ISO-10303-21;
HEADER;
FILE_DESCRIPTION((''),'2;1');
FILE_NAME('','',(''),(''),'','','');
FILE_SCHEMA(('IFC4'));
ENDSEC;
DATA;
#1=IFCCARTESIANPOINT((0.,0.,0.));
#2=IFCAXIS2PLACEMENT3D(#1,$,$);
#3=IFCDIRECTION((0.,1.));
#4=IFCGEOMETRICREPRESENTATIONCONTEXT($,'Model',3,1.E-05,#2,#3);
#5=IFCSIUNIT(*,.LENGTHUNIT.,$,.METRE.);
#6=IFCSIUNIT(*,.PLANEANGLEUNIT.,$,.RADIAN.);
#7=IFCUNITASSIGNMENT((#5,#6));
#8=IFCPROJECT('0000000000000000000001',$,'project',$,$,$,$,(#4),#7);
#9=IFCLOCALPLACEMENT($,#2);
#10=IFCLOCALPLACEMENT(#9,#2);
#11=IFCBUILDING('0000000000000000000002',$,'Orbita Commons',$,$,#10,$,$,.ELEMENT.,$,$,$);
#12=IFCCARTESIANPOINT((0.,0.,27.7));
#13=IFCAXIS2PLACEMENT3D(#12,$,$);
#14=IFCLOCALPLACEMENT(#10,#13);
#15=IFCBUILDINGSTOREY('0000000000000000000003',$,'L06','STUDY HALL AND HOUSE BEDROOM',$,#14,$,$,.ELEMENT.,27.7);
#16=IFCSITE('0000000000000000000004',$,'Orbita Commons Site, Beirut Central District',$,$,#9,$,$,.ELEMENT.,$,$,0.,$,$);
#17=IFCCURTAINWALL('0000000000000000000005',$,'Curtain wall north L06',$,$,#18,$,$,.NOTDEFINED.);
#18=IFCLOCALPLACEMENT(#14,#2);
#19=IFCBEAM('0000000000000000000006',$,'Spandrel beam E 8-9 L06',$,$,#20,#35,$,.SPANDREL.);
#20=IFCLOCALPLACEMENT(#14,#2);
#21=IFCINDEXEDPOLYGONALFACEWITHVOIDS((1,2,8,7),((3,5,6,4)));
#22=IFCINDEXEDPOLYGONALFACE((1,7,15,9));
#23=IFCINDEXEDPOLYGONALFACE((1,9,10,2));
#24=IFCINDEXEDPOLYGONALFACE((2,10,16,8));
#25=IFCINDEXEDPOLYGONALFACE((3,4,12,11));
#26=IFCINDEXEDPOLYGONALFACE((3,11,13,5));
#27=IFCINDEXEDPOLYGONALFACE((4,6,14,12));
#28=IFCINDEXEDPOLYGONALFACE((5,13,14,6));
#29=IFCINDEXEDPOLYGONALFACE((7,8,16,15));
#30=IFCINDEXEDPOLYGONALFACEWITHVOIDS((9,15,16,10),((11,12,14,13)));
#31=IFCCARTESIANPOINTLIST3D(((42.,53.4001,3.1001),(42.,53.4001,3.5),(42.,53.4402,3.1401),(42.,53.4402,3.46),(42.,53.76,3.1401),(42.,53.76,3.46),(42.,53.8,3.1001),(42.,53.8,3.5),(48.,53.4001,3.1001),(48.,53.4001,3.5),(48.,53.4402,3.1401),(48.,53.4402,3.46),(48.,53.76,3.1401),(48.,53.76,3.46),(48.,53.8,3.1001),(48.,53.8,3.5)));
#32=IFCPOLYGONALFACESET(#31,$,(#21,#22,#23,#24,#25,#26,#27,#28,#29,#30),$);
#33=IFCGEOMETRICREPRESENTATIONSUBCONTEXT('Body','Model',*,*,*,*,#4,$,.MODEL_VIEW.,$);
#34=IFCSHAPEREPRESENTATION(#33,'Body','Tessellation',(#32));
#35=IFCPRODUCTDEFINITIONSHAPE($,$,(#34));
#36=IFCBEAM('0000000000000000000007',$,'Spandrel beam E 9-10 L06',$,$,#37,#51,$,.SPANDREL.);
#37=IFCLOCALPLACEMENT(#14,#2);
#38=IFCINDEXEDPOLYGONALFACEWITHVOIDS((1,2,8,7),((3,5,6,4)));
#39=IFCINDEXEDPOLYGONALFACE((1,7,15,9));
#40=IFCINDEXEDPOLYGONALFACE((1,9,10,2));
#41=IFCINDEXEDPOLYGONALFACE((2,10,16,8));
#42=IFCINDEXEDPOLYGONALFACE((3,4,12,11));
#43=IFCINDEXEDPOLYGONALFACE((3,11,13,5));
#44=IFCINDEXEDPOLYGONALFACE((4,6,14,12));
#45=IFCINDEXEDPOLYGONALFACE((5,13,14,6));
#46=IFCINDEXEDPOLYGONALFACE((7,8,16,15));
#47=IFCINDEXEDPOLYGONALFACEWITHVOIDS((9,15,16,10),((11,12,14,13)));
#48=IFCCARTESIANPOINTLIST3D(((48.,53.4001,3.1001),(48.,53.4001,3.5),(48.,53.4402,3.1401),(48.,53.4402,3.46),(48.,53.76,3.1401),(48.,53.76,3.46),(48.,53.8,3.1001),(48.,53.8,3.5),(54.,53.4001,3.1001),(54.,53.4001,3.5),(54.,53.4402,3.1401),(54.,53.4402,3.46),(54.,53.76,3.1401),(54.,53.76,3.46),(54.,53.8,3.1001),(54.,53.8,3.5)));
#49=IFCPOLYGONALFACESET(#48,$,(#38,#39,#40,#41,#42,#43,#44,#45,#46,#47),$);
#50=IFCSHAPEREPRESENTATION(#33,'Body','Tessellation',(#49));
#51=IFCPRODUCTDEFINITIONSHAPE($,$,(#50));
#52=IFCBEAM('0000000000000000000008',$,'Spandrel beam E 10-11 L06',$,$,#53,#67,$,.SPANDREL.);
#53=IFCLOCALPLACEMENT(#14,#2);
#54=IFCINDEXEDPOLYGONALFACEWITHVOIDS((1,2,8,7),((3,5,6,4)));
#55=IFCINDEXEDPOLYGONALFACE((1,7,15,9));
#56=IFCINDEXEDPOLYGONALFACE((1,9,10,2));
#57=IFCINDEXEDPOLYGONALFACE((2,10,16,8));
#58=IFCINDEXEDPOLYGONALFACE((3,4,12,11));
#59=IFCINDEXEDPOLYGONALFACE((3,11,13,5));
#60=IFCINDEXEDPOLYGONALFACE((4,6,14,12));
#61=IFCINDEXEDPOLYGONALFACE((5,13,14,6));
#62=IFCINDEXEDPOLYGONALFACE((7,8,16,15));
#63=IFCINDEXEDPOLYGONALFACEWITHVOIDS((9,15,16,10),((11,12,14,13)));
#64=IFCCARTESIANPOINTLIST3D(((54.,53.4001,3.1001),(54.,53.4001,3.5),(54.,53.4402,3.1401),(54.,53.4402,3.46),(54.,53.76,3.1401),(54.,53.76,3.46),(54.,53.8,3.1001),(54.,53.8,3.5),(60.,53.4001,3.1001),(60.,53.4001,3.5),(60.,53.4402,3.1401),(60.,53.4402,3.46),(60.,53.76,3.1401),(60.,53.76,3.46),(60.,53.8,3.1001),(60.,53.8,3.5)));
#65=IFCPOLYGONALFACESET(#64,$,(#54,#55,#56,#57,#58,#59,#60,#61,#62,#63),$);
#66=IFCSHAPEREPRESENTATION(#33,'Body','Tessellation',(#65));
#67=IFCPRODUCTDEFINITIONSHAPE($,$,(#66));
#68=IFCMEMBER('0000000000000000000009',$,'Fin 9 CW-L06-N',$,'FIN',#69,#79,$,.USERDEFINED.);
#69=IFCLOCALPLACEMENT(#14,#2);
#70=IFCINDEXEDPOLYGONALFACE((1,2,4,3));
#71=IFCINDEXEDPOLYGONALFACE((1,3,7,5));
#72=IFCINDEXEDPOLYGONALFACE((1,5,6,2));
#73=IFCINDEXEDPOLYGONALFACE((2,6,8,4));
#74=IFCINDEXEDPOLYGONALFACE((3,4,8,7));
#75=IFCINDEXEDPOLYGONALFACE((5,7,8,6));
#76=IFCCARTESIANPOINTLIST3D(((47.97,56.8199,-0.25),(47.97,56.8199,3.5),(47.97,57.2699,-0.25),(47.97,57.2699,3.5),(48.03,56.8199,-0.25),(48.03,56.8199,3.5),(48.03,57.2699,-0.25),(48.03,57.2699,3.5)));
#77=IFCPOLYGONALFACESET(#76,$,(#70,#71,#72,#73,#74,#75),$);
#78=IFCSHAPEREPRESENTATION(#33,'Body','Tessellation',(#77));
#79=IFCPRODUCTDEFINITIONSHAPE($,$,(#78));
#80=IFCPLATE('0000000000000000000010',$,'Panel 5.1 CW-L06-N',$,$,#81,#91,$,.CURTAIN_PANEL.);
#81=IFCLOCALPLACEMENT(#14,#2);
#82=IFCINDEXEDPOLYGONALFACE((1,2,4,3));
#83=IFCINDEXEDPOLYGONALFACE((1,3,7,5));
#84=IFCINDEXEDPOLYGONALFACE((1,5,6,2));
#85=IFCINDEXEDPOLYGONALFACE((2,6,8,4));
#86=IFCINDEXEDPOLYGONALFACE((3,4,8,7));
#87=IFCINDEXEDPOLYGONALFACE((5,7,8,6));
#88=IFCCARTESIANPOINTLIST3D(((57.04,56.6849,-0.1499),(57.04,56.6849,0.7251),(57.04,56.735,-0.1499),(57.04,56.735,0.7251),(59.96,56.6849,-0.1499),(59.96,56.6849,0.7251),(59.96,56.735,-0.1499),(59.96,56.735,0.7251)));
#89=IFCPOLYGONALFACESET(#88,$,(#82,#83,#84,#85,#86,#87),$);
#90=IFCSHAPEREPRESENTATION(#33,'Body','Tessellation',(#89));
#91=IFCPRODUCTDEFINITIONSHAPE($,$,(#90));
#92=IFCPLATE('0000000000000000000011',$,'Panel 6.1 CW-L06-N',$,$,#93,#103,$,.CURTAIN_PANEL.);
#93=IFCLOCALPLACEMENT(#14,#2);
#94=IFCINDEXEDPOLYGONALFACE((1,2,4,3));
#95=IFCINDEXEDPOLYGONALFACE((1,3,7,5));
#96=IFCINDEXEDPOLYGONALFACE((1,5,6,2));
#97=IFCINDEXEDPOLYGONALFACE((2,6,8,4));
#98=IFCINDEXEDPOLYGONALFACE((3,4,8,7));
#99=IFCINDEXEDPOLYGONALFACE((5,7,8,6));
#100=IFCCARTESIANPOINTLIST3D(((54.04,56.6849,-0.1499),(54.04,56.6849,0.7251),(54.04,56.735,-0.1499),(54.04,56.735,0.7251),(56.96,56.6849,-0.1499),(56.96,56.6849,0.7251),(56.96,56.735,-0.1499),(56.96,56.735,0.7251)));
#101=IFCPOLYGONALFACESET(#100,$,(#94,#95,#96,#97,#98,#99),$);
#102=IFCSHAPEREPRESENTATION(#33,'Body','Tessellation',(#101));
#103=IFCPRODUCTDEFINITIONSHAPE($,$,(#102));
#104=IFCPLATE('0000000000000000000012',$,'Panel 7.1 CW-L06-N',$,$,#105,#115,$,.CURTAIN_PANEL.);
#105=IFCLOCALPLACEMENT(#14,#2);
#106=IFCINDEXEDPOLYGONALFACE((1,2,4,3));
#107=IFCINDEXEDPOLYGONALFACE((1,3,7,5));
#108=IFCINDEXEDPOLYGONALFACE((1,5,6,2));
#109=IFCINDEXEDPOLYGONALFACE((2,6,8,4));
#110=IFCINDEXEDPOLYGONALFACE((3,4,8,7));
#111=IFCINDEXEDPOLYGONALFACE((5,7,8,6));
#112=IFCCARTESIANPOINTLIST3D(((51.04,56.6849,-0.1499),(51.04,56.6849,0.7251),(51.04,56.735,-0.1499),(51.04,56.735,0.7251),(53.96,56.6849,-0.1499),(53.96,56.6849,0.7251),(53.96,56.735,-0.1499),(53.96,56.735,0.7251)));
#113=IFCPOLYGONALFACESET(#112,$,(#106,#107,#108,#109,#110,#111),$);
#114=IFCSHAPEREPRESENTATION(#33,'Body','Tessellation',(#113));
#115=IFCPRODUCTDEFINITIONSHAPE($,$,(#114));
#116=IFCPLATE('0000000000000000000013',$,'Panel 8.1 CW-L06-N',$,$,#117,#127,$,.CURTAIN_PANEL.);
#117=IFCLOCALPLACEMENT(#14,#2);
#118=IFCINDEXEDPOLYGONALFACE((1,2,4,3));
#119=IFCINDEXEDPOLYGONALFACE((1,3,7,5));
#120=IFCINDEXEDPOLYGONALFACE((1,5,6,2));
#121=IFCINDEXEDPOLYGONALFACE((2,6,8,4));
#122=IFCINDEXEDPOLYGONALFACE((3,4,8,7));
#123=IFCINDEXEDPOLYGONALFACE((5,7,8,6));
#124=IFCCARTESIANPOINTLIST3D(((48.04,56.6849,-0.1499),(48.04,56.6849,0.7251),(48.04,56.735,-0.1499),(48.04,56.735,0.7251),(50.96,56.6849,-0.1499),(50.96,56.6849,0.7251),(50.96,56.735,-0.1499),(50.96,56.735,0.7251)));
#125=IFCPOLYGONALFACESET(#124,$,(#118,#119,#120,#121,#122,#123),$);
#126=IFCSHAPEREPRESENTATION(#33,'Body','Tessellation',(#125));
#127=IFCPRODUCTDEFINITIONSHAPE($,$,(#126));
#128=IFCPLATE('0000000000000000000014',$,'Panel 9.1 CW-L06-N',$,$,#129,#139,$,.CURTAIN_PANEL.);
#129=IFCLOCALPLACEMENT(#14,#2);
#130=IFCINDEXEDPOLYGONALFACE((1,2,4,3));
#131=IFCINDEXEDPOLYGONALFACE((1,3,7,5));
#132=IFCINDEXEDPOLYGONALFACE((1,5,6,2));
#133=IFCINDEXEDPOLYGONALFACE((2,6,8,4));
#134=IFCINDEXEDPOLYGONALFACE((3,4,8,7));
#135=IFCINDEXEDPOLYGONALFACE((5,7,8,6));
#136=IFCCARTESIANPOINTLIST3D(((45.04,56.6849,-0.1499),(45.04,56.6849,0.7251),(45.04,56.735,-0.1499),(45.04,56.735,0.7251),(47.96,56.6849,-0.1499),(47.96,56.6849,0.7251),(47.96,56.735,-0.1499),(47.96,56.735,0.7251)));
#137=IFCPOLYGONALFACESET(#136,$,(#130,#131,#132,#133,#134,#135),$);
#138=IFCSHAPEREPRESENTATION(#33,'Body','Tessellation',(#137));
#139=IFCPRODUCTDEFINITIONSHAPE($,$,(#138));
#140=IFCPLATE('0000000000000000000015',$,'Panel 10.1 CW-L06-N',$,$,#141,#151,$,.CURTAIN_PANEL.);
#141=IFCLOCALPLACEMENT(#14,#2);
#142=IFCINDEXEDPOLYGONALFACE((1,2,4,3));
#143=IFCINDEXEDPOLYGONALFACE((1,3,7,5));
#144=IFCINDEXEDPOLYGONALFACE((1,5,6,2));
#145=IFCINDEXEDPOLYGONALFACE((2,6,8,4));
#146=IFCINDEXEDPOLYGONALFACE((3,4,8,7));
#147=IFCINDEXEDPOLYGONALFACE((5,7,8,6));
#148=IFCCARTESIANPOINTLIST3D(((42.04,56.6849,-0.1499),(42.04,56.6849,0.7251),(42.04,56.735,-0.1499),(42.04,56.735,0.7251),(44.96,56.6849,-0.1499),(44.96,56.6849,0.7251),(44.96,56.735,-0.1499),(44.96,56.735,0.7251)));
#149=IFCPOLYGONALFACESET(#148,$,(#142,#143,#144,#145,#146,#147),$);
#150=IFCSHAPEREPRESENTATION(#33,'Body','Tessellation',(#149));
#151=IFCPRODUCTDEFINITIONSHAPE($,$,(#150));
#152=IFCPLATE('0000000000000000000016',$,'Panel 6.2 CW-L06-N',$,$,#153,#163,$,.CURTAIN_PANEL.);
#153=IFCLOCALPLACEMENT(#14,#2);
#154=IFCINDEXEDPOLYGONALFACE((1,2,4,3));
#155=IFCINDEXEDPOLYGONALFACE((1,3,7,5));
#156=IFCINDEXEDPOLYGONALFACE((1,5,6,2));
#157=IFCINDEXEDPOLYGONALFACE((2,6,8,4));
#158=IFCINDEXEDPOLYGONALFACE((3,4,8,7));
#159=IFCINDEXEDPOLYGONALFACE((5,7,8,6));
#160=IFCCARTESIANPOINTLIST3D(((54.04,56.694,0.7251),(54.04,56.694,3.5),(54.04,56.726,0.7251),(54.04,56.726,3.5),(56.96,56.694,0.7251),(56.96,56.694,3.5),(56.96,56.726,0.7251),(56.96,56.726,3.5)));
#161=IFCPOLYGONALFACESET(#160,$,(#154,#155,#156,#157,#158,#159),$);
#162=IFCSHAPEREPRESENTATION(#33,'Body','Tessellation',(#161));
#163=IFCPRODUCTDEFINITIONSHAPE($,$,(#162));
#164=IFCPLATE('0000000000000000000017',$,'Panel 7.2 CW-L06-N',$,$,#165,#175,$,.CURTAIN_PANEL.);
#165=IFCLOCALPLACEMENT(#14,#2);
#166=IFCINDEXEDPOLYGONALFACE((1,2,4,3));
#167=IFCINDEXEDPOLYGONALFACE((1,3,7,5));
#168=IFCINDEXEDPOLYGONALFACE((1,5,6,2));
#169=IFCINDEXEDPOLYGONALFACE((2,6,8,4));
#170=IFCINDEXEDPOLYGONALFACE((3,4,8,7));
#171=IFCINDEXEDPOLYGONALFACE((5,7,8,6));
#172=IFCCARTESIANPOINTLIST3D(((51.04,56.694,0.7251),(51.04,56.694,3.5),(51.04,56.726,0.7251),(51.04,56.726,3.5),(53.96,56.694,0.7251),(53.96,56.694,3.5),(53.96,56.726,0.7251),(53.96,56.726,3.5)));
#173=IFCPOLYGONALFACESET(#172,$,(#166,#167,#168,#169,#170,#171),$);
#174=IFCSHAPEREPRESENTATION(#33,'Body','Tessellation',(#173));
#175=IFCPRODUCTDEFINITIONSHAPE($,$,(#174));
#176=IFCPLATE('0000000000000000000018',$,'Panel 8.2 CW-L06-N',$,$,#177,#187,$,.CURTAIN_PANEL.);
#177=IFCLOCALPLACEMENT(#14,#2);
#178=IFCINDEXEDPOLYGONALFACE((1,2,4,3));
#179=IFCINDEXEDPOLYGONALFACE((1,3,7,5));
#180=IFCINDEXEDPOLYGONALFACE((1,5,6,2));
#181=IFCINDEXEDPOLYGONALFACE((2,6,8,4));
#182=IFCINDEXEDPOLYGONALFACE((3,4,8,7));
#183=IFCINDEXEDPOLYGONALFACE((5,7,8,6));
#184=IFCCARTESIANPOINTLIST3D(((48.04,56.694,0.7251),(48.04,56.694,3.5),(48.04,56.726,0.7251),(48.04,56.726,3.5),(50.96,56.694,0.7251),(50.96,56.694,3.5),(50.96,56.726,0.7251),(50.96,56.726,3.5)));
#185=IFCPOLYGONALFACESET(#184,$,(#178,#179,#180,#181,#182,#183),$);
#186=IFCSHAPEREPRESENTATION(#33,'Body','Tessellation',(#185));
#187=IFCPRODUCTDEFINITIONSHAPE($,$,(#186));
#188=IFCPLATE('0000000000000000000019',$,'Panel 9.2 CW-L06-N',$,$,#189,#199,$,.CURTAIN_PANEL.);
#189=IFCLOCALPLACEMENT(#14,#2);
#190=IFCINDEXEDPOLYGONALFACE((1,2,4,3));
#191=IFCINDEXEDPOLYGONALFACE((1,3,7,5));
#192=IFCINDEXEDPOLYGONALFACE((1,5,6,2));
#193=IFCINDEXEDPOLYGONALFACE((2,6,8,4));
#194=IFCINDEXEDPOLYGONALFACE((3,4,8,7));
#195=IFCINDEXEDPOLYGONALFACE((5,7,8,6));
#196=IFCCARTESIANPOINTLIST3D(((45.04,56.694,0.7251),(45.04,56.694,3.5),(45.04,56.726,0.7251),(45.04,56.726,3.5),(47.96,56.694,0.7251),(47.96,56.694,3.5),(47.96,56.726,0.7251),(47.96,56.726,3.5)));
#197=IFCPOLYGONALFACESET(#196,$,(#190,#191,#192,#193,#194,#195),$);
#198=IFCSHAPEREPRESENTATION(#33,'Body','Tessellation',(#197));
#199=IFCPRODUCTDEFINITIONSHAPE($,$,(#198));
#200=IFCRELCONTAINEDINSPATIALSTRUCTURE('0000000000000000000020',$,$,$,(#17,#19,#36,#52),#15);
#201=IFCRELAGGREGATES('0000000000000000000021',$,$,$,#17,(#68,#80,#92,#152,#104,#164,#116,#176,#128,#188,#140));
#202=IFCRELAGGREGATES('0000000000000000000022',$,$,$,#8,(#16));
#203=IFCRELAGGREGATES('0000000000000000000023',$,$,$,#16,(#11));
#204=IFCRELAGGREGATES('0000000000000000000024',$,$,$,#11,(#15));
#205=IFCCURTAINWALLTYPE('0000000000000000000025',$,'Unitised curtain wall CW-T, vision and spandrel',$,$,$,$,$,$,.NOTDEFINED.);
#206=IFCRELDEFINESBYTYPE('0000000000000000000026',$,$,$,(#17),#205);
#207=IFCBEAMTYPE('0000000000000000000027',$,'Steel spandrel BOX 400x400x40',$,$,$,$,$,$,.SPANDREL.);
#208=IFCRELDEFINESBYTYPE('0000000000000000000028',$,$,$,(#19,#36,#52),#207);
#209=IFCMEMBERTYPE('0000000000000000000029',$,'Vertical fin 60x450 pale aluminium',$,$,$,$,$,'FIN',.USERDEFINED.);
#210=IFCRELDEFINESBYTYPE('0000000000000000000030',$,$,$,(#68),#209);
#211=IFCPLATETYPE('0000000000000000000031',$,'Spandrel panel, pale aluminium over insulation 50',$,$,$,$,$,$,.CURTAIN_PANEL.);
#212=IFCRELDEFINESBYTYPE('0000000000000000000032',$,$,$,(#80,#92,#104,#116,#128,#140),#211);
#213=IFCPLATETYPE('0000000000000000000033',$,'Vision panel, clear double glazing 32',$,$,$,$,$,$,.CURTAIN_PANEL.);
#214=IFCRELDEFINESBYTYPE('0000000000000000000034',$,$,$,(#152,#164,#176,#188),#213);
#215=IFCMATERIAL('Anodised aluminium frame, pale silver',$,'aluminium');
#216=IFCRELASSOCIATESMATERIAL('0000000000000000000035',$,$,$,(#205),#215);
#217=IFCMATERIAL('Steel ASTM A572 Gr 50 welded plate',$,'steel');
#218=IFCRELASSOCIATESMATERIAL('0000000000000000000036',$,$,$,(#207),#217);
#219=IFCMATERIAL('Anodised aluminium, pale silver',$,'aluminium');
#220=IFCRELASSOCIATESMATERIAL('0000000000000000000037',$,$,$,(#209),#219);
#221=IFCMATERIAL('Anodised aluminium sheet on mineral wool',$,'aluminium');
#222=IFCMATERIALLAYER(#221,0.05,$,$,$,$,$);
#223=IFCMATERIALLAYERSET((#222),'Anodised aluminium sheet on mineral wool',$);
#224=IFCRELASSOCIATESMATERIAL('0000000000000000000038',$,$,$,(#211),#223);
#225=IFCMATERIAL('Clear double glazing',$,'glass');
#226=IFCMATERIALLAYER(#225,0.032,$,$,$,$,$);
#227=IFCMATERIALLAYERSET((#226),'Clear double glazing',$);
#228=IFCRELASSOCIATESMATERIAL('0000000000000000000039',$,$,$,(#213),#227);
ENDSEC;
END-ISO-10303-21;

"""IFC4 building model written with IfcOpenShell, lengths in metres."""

from ifc_helpers import new_model, si_unit, direction, frame, origin, origin_2d, place, context, subcontext, project, spatial, rectangle, hollow_rectangle, extrude, material, layer, layer_set, material_profile, profile_set, type_object, element, aggregate, save


model = new_model("IFC4")

# Units and contexts
model_context = context("Model", 3, precision=1e-05, world=origin(), true_north=direction((0.0, 1.0)))
body_context = subcontext(model_context, "Body", "Model", "MODEL_VIEW")
ifc_project = project(units=[si_unit("LENGTHUNIT", "METRE"), si_unit("PLANEANGLEUNIT", "RADIAN")], contexts=[model_context])

# Site, building, storey
site_placement = place(None, origin())
site = spatial("IfcSite", under=ifc_project, at=site_placement, Name="Orbita Commons Site, Beirut Central District", CompositionType="ELEMENT", RefElevation=0.0)
building_placement = place(site_placement, origin())
building = spatial("IfcBuilding", under=site, at=building_placement, Name="Orbita Commons", CompositionType="ELEMENT")
storey_placement = place(building_placement, frame((0.0, 0.0, 27.7)))
storey = spatial("IfcBuildingStorey", under=building, at=storey_placement, Name="L06", Description="STUDY HALL AND HOUSE BEDROOM", CompositionType="ELEMENT", Elevation=27.7)

# Curtain wall
ifc_material_1 = material(Name="Anodised aluminium frame, pale silver", Category="aluminium")
curtain_wall_type = type_object("IfcCurtainWallType", Name="Unitised curtain wall CW-T, vision and spandrel", PredefinedType="NOTDEFINED", material=ifc_material_1)
curtain_wall_placement = place(storey_placement, origin())
curtain_wall = element("IfcCurtainWall", 1, at=curtain_wall_placement, inside=storey, type_object=curtain_wall_type, Name="Curtain wall north L06", PredefinedType="NOTDEFINED")

# Beams
ifc_material_2 = material(Name="Steel ASTM A572 Gr 50 welded plate", Category="steel")
ifc_material_profile_1 = material_profile(ifc_material_2, hollow_rectangle(XDim=0.3999, YDim=0.3999, WallThickness=0.04, at=origin_2d()), Name="BOX 400x400x40")
ifc_profile_set_1 = profile_set([ifc_material_profile_1], Name="Steel ASTM A572 Gr 50 welded plate")
beam_type = type_object("IfcBeamType", Name="Steel spandrel BOX 400x400x40", PredefinedType="SPANDREL", material=ifc_profile_set_1)
for number, where, z_axis, x_axis, name in (
    (2, (42.0, 53.6001, 3.3), (1.0, 0.0, 0.0), (0.0, 1.0, 0.0), "Spandrel beam E 8-9 L06"),
    (3, (48.0, 53.6001, 3.3), (1.0, 0.0, 0.0), (0.0, 1.0, 0.0), "Spandrel beam E 9-10 L06"),
    (4, (54.0, 53.6001, 3.3), (1.0, 0.0, 0.0), (0.0, 1.0, 0.0), "Spandrel beam E 10-11 L06"),
):
    element("IfcBeam", number, at=place(storey_placement, frame(where, z_axis=z_axis, x_axis=x_axis)), inside=storey, type_object=beam_type, Name=name, PredefinedType="SPANDREL", context=body_context, shape_type="SweptSolid", body=[
        extrude(hollow_rectangle(XDim=0.3999, YDim=0.3999, WallThickness=0.04, at=origin_2d()), origin(), (0.0, 0.0, 1.0), 6.0),
    ])

# Member
ifc_material_3 = material(Name="Anodised aluminium, pale silver", Category="aluminium")
ifc_material_profile_2 = material_profile(ifc_material_3, rectangle(XDim=0.0601, YDim=0.45, at=origin_2d()), Name="FIN 60x450")
ifc_profile_set_2 = profile_set([ifc_material_profile_2], Name="Anodised aluminium, pale silver")
member_type_1 = type_object("IfcMemberType", Name="Vertical fin 60x450 pale aluminium", ElementType="FIN", PredefinedType="USERDEFINED", material=ifc_profile_set_2)
member_1_placement = place(storey_placement, frame((48.0, 57.0449, -0.25), z_axis=(0.0, 0.0, 1.0), x_axis=(-1.0, 0.0, 0.0)))
member_1 = element("IfcMember", 5, at=member_1_placement, type_object=member_type_1, Name="Fin 9 CW-L06-N", ObjectType="FIN", PredefinedType="USERDEFINED", context=body_context, shape_type="SweptSolid", body=[
    extrude(rectangle(XDim=0.0601, YDim=0.45, at=origin_2d()), origin(), (0.0, 0.0, 1.0), 3.75),
])

# Plates
ifc_material_4 = material(Name="Anodised aluminium sheet on mineral wool", Category="aluminium")
ifc_layer_1 = layer(ifc_material_4, 0.05)
ifc_layer_set_1 = layer_set([ifc_layer_1], Name="Anodised aluminium sheet on mineral wool")
plate_type_1 = type_object("IfcPlateType", Name="Spandrel panel, pale aluminium over insulation 50", PredefinedType="CURTAIN_PANEL", material=ifc_layer_set_1)
plate_1_placement = place(storey_placement, frame((58.5, 56.71, -0.1499), z_axis=(0.0, 0.0, 1.0), x_axis=(-1.0, 0.0, 0.0)))
plate_1 = element("IfcPlate", 6, at=plate_1_placement, type_object=plate_type_1, Name="Panel 5.1 CW-L06-N", PredefinedType="CURTAIN_PANEL", context=body_context, shape_type="SweptSolid", body=[
    extrude(rectangle(XDim=2.9199, YDim=0.05, at=origin_2d()), origin(), (0.0, 0.0, 1.0), 0.875),
])
plate_2_placement = place(storey_placement, frame((55.5, 56.71, -0.1499), z_axis=(0.0, 0.0, 1.0), x_axis=(-1.0, 0.0, 0.0)))
plate_2 = element("IfcPlate", 7, at=plate_2_placement, type_object=plate_type_1, Name="Panel 6.1 CW-L06-N", PredefinedType="CURTAIN_PANEL", context=body_context, shape_type="SweptSolid", body=[
    extrude(rectangle(XDim=2.9199, YDim=0.05, at=origin_2d()), origin(), (0.0, 0.0, 1.0), 0.875),
])
plate_3_placement = place(storey_placement, frame((52.5, 56.71, -0.1499), z_axis=(0.0, 0.0, 1.0), x_axis=(-1.0, 0.0, 0.0)))
plate_3 = element("IfcPlate", 8, at=plate_3_placement, type_object=plate_type_1, Name="Panel 7.1 CW-L06-N", PredefinedType="CURTAIN_PANEL", context=body_context, shape_type="SweptSolid", body=[
    extrude(rectangle(XDim=2.9199, YDim=0.05, at=origin_2d()), origin(), (0.0, 0.0, 1.0), 0.875),
])
plate_4_placement = place(storey_placement, frame((49.5, 56.71, -0.1499), z_axis=(0.0, 0.0, 1.0), x_axis=(-1.0, 0.0, 0.0)))
plate_4 = element("IfcPlate", 9, at=plate_4_placement, type_object=plate_type_1, Name="Panel 8.1 CW-L06-N", PredefinedType="CURTAIN_PANEL", context=body_context, shape_type="SweptSolid", body=[
    extrude(rectangle(XDim=2.9199, YDim=0.05, at=origin_2d()), origin(), (0.0, 0.0, 1.0), 0.875),
])
plate_5_placement = place(storey_placement, frame((46.5, 56.71, -0.1499), z_axis=(0.0, 0.0, 1.0), x_axis=(-1.0, 0.0, 0.0)))
plate_5 = element("IfcPlate", 10, at=plate_5_placement, type_object=plate_type_1, Name="Panel 9.1 CW-L06-N", PredefinedType="CURTAIN_PANEL", context=body_context, shape_type="SweptSolid", body=[
    extrude(rectangle(XDim=2.9199, YDim=0.05, at=origin_2d()), origin(), (0.0, 0.0, 1.0), 0.875),
])
plate_6_placement = place(storey_placement, frame((43.5, 56.71, -0.1499), z_axis=(0.0, 0.0, 1.0), x_axis=(-1.0, 0.0, 0.0)))
plate_6 = element("IfcPlate", 11, at=plate_6_placement, type_object=plate_type_1, Name="Panel 10.1 CW-L06-N", PredefinedType="CURTAIN_PANEL", context=body_context, shape_type="SweptSolid", body=[
    extrude(rectangle(XDim=2.9199, YDim=0.05, at=origin_2d()), origin(), (0.0, 0.0, 1.0), 0.875),
])
ifc_material_5 = material(Name="Clear double glazing", Category="glass")
ifc_layer_2 = layer(ifc_material_5, 0.032)
ifc_layer_set_2 = layer_set([ifc_layer_2], Name="Clear double glazing")
plate_type_2 = type_object("IfcPlateType", Name="Vision panel, clear double glazing 32", PredefinedType="CURTAIN_PANEL", material=ifc_layer_set_2)
plate_7_placement = place(storey_placement, frame((55.5, 56.71, 0.7251), z_axis=(0.0, 0.0, 1.0), x_axis=(-1.0, 0.0, 0.0)))
plate_7 = element("IfcPlate", 12, at=plate_7_placement, type_object=plate_type_2, Name="Panel 6.2 CW-L06-N", PredefinedType="CURTAIN_PANEL", context=body_context, shape_type="SweptSolid", body=[
    extrude(rectangle(XDim=2.9199, YDim=0.032, at=origin_2d()), origin(), (0.0, 0.0, 1.0), 2.7749),
])
plate_8_placement = place(storey_placement, frame((52.5, 56.71, 0.7251), z_axis=(0.0, 0.0, 1.0), x_axis=(-1.0, 0.0, 0.0)))
plate_8 = element("IfcPlate", 13, at=plate_8_placement, type_object=plate_type_2, Name="Panel 7.2 CW-L06-N", PredefinedType="CURTAIN_PANEL", context=body_context, shape_type="SweptSolid", body=[
    extrude(rectangle(XDim=2.9199, YDim=0.032, at=origin_2d()), origin(), (0.0, 0.0, 1.0), 2.7749),
])
plate_9_placement = place(storey_placement, frame((49.5, 56.71, 0.7251), z_axis=(0.0, 0.0, 1.0), x_axis=(-1.0, 0.0, 0.0)))
plate_9 = element("IfcPlate", 14, at=plate_9_placement, type_object=plate_type_2, Name="Panel 8.2 CW-L06-N", PredefinedType="CURTAIN_PANEL", context=body_context, shape_type="SweptSolid", body=[
    extrude(rectangle(XDim=2.9199, YDim=0.032, at=origin_2d()), origin(), (0.0, 0.0, 1.0), 2.7749),
])
plate_10_placement = place(storey_placement, frame((46.5, 56.71, 0.7251), z_axis=(0.0, 0.0, 1.0), x_axis=(-1.0, 0.0, 0.0)))
plate_10 = element("IfcPlate", 15, at=plate_10_placement, type_object=plate_type_2, Name="Panel 9.2 CW-L06-N", PredefinedType="CURTAIN_PANEL", context=body_context, shape_type="SweptSolid", body=[
    extrude(rectangle(XDim=2.9199, YDim=0.032, at=origin_2d()), origin(), (0.0, 0.0, 1.0), 2.7749),
])
aggregate(curtain_wall, [member_1, plate_1, plate_2, plate_7, plate_3, plate_8, plate_4, plate_9, plate_5, plate_10, plate_6])

save(model, "model.ifc")
